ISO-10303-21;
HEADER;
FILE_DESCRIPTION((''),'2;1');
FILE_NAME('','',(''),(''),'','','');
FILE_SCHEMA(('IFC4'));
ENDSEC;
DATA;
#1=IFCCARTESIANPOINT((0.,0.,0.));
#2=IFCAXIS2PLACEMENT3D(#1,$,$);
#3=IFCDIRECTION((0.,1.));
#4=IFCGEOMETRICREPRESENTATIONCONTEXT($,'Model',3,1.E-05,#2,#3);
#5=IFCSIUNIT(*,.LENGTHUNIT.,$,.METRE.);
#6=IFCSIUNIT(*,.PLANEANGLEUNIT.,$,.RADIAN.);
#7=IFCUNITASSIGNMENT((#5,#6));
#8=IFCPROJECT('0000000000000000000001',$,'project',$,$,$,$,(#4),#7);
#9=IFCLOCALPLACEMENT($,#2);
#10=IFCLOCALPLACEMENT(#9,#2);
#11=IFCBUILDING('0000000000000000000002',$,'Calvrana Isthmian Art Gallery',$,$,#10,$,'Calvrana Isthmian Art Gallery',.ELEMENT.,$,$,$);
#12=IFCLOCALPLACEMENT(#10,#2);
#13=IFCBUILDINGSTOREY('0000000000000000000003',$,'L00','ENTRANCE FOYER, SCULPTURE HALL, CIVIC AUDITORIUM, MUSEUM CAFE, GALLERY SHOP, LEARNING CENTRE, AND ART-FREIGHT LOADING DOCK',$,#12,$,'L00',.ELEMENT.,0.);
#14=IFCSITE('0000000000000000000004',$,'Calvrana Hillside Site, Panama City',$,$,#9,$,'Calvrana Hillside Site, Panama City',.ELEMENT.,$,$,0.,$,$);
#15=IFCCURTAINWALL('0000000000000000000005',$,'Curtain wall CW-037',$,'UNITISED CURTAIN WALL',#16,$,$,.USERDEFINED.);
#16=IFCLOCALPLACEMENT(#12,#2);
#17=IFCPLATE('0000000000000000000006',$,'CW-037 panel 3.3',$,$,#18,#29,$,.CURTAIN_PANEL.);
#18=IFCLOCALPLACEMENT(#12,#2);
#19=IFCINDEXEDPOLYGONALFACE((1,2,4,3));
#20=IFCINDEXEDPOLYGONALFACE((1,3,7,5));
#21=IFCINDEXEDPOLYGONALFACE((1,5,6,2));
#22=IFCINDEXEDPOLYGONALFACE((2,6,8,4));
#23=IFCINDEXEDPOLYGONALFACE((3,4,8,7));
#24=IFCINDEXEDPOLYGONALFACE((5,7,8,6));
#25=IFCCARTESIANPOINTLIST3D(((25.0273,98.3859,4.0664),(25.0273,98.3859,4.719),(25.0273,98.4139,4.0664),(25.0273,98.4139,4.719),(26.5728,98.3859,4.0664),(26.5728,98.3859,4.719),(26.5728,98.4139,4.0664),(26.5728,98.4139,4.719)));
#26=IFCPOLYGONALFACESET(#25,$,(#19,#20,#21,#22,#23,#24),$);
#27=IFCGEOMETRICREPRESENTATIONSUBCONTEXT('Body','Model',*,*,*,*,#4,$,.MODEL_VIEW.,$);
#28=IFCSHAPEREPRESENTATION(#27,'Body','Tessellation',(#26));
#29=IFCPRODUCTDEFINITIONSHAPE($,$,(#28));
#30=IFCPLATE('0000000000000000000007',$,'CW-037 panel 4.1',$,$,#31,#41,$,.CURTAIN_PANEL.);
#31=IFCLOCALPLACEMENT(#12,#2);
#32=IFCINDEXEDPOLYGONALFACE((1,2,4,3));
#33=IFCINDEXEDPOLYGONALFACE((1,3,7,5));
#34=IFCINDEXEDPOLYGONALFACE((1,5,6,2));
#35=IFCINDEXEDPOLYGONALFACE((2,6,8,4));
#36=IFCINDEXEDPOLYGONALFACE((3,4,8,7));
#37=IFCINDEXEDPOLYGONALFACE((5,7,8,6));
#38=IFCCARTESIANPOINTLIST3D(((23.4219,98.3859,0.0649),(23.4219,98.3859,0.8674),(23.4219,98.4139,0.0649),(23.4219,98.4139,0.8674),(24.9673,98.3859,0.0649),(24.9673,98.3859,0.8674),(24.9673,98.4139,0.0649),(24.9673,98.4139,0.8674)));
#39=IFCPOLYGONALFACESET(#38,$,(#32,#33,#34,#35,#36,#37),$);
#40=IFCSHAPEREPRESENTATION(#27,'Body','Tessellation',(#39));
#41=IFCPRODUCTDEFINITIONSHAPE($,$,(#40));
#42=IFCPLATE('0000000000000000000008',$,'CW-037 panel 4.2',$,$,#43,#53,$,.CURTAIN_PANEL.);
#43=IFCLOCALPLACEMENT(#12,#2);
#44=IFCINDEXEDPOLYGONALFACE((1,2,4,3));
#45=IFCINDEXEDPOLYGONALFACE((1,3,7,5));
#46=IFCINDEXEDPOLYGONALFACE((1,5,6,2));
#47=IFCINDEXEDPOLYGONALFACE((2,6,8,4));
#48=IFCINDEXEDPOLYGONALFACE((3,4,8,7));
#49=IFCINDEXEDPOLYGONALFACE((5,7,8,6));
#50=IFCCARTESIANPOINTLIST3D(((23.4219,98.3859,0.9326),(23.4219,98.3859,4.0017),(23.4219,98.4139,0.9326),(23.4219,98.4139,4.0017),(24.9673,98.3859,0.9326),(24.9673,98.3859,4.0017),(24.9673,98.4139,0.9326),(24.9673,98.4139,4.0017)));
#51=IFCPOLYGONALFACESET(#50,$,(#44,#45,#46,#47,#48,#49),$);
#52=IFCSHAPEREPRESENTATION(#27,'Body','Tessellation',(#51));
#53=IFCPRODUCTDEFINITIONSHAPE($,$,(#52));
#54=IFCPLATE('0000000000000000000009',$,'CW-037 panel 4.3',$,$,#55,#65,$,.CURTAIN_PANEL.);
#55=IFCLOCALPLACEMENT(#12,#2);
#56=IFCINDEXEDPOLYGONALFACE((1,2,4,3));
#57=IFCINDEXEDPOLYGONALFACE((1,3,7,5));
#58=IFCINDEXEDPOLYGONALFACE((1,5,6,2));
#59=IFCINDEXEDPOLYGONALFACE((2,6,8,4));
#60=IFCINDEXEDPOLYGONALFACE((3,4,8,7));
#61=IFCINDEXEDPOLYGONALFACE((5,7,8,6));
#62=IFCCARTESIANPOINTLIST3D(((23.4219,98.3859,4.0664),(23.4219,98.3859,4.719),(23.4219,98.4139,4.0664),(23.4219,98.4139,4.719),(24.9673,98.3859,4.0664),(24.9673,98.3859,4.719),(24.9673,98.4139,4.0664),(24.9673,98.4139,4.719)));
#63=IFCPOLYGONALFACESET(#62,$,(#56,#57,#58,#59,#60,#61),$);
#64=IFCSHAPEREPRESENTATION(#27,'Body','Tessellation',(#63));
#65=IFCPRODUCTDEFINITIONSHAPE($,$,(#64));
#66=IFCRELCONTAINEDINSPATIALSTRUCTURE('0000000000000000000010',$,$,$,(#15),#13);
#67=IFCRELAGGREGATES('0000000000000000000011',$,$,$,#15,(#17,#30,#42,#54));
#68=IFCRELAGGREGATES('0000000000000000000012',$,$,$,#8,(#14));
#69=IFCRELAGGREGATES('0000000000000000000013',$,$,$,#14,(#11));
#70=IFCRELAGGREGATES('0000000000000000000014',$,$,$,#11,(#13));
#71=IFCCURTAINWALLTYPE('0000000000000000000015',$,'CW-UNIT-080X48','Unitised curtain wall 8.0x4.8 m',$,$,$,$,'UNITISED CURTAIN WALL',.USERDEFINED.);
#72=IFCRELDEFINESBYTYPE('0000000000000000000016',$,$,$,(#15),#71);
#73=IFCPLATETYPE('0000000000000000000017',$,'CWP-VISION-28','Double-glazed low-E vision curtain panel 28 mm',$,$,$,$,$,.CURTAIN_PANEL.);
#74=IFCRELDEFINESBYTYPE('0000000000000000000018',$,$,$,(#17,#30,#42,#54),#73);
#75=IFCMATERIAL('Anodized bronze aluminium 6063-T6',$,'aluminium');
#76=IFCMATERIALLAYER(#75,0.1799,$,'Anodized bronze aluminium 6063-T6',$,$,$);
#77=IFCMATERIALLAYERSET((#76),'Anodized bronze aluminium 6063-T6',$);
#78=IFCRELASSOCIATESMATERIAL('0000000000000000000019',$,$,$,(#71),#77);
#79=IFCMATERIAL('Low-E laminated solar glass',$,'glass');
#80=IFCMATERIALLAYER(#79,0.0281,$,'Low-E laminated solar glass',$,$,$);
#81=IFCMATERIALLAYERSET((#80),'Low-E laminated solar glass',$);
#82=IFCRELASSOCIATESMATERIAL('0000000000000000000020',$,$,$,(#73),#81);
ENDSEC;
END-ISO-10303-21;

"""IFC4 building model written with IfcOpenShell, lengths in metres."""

from ifc_helpers import new_model, si_unit, direction, frame, origin, origin_2d, place, context, subcontext, project, spatial, rectangle, extrude, material, layer, layer_set, type_object, element, aggregate, save


model = new_model("IFC4")

# Units and contexts
model_context = context("Model", 3, precision=1e-05, world=origin(), true_north=direction((0.0, 1.0)))
body_context = subcontext(model_context, "Body", "Model", "MODEL_VIEW")
ifc_project = project(units=[si_unit("LENGTHUNIT", "METRE"), si_unit("PLANEANGLEUNIT", "RADIAN")], contexts=[model_context])

# Site, building, storey
site_placement = place(None, origin())
site = spatial("IfcSite", under=ifc_project, at=site_placement, Name="Calvrana Hillside Site, Panama City", LongName="Calvrana Hillside Site, Panama City", CompositionType="ELEMENT", RefElevation=0.0)
building_placement = place(site_placement, origin())
building = spatial("IfcBuilding", under=site, at=building_placement, Name="Calvrana Isthmian Art Gallery", LongName="Calvrana Isthmian Art Gallery", CompositionType="ELEMENT")
storey_placement = place(building_placement, origin())
storey = spatial("IfcBuildingStorey", under=building, at=storey_placement, Name="L00", Description="ENTRANCE FOYER, SCULPTURE HALL, CIVIC AUDITORIUM, MUSEUM CAFE, GALLERY SHOP, LEARNING CENTRE, AND ART-FREIGHT LOADING DOCK", LongName="L00", CompositionType="ELEMENT", Elevation=0.0)

# Curtain wall, plates
ifc_material_1 = material(Name="Anodized bronze aluminium 6063-T6", Category="aluminium")
ifc_layer_1 = layer(ifc_material_1, 0.1799, Name="Anodized bronze aluminium 6063-T6")
ifc_layer_set_1 = layer_set([ifc_layer_1], Name="Anodized bronze aluminium 6063-T6")
curtain_wall_type = type_object("IfcCurtainWallType", Name="CW-UNIT-080X48", Description="Unitised curtain wall 8.0x4.8 m", ElementType="UNITISED CURTAIN WALL", PredefinedType="USERDEFINED", material=ifc_layer_set_1)
curtain_wall_placement = place(storey_placement, origin())
curtain_wall = element("IfcCurtainWall", 1, at=curtain_wall_placement, inside=storey, type_object=curtain_wall_type, Name="Curtain wall CW-037", ObjectType="UNITISED CURTAIN WALL", PredefinedType="USERDEFINED")
ifc_material_2 = material(Name="Low-E laminated solar glass", Category="glass")
ifc_layer_2 = layer(ifc_material_2, 0.0281, Name="Low-E laminated solar glass")
ifc_layer_set_2 = layer_set([ifc_layer_2], Name="Low-E laminated solar glass")
plate_type = type_object("IfcPlateType", Name="CWP-VISION-28", Description="Double-glazed low-E vision curtain panel 28 mm", PredefinedType="CURTAIN_PANEL", material=ifc_layer_set_2)
plate_1_placement = place(storey_placement, frame((25.8, 98.3999, 4.0664), z_axis=(0.0, 0.0, 1.0), x_axis=(-1.0, 0.0, 0.0)))
plate_1 = element("IfcPlate", 2, at=plate_1_placement, type_object=plate_type, Name="CW-037 panel 3.3", PredefinedType="CURTAIN_PANEL", context=body_context, shape_type="SweptSolid", body=[
    extrude(rectangle(XDim=1.5454, YDim=0.0281, at=origin_2d()), origin(), (0.0, 0.0, 1.0), 0.6526),
])
plate_2_placement = place(storey_placement, frame((24.1946, 98.3999, 0.0649), z_axis=(0.0, 0.0, 1.0), x_axis=(-1.0, 0.0, 0.0)))
plate_2 = element("IfcPlate", 3, at=plate_2_placement, type_object=plate_type, Name="CW-037 panel 4.1", PredefinedType="CURTAIN_PANEL", context=body_context, shape_type="SweptSolid", body=[
    extrude(rectangle(XDim=1.5454, YDim=0.0281, at=origin_2d()), origin(), (0.0, 0.0, 1.0), 0.8025),
])
plate_3_placement = place(storey_placement, frame((24.1946, 98.3999, 0.9326), z_axis=(0.0, 0.0, 1.0), x_axis=(-1.0, 0.0, 0.0)))
plate_3 = element("IfcPlate", 4, at=plate_3_placement, type_object=plate_type, Name="CW-037 panel 4.2", PredefinedType="CURTAIN_PANEL", context=body_context, shape_type="SweptSolid", body=[
    extrude(rectangle(XDim=1.5454, YDim=0.0281, at=origin_2d()), origin(), (0.0, 0.0, 1.0), 3.0691),
])
plate_4_placement = place(storey_placement, frame((24.1946, 98.3999, 4.0664), z_axis=(0.0, 0.0, 1.0), x_axis=(-1.0, 0.0, 0.0)))
plate_4 = element("IfcPlate", 5, at=plate_4_placement, type_object=plate_type, Name="CW-037 panel 4.3", PredefinedType="CURTAIN_PANEL", context=body_context, shape_type="SweptSolid", body=[
    extrude(rectangle(XDim=1.5454, YDim=0.0281, at=origin_2d()), origin(), (0.0, 0.0, 1.0), 0.6526),
])
aggregate(curtain_wall, [plate_1, plate_2, plate_3, plate_4])

save(model, "model.ifc")
